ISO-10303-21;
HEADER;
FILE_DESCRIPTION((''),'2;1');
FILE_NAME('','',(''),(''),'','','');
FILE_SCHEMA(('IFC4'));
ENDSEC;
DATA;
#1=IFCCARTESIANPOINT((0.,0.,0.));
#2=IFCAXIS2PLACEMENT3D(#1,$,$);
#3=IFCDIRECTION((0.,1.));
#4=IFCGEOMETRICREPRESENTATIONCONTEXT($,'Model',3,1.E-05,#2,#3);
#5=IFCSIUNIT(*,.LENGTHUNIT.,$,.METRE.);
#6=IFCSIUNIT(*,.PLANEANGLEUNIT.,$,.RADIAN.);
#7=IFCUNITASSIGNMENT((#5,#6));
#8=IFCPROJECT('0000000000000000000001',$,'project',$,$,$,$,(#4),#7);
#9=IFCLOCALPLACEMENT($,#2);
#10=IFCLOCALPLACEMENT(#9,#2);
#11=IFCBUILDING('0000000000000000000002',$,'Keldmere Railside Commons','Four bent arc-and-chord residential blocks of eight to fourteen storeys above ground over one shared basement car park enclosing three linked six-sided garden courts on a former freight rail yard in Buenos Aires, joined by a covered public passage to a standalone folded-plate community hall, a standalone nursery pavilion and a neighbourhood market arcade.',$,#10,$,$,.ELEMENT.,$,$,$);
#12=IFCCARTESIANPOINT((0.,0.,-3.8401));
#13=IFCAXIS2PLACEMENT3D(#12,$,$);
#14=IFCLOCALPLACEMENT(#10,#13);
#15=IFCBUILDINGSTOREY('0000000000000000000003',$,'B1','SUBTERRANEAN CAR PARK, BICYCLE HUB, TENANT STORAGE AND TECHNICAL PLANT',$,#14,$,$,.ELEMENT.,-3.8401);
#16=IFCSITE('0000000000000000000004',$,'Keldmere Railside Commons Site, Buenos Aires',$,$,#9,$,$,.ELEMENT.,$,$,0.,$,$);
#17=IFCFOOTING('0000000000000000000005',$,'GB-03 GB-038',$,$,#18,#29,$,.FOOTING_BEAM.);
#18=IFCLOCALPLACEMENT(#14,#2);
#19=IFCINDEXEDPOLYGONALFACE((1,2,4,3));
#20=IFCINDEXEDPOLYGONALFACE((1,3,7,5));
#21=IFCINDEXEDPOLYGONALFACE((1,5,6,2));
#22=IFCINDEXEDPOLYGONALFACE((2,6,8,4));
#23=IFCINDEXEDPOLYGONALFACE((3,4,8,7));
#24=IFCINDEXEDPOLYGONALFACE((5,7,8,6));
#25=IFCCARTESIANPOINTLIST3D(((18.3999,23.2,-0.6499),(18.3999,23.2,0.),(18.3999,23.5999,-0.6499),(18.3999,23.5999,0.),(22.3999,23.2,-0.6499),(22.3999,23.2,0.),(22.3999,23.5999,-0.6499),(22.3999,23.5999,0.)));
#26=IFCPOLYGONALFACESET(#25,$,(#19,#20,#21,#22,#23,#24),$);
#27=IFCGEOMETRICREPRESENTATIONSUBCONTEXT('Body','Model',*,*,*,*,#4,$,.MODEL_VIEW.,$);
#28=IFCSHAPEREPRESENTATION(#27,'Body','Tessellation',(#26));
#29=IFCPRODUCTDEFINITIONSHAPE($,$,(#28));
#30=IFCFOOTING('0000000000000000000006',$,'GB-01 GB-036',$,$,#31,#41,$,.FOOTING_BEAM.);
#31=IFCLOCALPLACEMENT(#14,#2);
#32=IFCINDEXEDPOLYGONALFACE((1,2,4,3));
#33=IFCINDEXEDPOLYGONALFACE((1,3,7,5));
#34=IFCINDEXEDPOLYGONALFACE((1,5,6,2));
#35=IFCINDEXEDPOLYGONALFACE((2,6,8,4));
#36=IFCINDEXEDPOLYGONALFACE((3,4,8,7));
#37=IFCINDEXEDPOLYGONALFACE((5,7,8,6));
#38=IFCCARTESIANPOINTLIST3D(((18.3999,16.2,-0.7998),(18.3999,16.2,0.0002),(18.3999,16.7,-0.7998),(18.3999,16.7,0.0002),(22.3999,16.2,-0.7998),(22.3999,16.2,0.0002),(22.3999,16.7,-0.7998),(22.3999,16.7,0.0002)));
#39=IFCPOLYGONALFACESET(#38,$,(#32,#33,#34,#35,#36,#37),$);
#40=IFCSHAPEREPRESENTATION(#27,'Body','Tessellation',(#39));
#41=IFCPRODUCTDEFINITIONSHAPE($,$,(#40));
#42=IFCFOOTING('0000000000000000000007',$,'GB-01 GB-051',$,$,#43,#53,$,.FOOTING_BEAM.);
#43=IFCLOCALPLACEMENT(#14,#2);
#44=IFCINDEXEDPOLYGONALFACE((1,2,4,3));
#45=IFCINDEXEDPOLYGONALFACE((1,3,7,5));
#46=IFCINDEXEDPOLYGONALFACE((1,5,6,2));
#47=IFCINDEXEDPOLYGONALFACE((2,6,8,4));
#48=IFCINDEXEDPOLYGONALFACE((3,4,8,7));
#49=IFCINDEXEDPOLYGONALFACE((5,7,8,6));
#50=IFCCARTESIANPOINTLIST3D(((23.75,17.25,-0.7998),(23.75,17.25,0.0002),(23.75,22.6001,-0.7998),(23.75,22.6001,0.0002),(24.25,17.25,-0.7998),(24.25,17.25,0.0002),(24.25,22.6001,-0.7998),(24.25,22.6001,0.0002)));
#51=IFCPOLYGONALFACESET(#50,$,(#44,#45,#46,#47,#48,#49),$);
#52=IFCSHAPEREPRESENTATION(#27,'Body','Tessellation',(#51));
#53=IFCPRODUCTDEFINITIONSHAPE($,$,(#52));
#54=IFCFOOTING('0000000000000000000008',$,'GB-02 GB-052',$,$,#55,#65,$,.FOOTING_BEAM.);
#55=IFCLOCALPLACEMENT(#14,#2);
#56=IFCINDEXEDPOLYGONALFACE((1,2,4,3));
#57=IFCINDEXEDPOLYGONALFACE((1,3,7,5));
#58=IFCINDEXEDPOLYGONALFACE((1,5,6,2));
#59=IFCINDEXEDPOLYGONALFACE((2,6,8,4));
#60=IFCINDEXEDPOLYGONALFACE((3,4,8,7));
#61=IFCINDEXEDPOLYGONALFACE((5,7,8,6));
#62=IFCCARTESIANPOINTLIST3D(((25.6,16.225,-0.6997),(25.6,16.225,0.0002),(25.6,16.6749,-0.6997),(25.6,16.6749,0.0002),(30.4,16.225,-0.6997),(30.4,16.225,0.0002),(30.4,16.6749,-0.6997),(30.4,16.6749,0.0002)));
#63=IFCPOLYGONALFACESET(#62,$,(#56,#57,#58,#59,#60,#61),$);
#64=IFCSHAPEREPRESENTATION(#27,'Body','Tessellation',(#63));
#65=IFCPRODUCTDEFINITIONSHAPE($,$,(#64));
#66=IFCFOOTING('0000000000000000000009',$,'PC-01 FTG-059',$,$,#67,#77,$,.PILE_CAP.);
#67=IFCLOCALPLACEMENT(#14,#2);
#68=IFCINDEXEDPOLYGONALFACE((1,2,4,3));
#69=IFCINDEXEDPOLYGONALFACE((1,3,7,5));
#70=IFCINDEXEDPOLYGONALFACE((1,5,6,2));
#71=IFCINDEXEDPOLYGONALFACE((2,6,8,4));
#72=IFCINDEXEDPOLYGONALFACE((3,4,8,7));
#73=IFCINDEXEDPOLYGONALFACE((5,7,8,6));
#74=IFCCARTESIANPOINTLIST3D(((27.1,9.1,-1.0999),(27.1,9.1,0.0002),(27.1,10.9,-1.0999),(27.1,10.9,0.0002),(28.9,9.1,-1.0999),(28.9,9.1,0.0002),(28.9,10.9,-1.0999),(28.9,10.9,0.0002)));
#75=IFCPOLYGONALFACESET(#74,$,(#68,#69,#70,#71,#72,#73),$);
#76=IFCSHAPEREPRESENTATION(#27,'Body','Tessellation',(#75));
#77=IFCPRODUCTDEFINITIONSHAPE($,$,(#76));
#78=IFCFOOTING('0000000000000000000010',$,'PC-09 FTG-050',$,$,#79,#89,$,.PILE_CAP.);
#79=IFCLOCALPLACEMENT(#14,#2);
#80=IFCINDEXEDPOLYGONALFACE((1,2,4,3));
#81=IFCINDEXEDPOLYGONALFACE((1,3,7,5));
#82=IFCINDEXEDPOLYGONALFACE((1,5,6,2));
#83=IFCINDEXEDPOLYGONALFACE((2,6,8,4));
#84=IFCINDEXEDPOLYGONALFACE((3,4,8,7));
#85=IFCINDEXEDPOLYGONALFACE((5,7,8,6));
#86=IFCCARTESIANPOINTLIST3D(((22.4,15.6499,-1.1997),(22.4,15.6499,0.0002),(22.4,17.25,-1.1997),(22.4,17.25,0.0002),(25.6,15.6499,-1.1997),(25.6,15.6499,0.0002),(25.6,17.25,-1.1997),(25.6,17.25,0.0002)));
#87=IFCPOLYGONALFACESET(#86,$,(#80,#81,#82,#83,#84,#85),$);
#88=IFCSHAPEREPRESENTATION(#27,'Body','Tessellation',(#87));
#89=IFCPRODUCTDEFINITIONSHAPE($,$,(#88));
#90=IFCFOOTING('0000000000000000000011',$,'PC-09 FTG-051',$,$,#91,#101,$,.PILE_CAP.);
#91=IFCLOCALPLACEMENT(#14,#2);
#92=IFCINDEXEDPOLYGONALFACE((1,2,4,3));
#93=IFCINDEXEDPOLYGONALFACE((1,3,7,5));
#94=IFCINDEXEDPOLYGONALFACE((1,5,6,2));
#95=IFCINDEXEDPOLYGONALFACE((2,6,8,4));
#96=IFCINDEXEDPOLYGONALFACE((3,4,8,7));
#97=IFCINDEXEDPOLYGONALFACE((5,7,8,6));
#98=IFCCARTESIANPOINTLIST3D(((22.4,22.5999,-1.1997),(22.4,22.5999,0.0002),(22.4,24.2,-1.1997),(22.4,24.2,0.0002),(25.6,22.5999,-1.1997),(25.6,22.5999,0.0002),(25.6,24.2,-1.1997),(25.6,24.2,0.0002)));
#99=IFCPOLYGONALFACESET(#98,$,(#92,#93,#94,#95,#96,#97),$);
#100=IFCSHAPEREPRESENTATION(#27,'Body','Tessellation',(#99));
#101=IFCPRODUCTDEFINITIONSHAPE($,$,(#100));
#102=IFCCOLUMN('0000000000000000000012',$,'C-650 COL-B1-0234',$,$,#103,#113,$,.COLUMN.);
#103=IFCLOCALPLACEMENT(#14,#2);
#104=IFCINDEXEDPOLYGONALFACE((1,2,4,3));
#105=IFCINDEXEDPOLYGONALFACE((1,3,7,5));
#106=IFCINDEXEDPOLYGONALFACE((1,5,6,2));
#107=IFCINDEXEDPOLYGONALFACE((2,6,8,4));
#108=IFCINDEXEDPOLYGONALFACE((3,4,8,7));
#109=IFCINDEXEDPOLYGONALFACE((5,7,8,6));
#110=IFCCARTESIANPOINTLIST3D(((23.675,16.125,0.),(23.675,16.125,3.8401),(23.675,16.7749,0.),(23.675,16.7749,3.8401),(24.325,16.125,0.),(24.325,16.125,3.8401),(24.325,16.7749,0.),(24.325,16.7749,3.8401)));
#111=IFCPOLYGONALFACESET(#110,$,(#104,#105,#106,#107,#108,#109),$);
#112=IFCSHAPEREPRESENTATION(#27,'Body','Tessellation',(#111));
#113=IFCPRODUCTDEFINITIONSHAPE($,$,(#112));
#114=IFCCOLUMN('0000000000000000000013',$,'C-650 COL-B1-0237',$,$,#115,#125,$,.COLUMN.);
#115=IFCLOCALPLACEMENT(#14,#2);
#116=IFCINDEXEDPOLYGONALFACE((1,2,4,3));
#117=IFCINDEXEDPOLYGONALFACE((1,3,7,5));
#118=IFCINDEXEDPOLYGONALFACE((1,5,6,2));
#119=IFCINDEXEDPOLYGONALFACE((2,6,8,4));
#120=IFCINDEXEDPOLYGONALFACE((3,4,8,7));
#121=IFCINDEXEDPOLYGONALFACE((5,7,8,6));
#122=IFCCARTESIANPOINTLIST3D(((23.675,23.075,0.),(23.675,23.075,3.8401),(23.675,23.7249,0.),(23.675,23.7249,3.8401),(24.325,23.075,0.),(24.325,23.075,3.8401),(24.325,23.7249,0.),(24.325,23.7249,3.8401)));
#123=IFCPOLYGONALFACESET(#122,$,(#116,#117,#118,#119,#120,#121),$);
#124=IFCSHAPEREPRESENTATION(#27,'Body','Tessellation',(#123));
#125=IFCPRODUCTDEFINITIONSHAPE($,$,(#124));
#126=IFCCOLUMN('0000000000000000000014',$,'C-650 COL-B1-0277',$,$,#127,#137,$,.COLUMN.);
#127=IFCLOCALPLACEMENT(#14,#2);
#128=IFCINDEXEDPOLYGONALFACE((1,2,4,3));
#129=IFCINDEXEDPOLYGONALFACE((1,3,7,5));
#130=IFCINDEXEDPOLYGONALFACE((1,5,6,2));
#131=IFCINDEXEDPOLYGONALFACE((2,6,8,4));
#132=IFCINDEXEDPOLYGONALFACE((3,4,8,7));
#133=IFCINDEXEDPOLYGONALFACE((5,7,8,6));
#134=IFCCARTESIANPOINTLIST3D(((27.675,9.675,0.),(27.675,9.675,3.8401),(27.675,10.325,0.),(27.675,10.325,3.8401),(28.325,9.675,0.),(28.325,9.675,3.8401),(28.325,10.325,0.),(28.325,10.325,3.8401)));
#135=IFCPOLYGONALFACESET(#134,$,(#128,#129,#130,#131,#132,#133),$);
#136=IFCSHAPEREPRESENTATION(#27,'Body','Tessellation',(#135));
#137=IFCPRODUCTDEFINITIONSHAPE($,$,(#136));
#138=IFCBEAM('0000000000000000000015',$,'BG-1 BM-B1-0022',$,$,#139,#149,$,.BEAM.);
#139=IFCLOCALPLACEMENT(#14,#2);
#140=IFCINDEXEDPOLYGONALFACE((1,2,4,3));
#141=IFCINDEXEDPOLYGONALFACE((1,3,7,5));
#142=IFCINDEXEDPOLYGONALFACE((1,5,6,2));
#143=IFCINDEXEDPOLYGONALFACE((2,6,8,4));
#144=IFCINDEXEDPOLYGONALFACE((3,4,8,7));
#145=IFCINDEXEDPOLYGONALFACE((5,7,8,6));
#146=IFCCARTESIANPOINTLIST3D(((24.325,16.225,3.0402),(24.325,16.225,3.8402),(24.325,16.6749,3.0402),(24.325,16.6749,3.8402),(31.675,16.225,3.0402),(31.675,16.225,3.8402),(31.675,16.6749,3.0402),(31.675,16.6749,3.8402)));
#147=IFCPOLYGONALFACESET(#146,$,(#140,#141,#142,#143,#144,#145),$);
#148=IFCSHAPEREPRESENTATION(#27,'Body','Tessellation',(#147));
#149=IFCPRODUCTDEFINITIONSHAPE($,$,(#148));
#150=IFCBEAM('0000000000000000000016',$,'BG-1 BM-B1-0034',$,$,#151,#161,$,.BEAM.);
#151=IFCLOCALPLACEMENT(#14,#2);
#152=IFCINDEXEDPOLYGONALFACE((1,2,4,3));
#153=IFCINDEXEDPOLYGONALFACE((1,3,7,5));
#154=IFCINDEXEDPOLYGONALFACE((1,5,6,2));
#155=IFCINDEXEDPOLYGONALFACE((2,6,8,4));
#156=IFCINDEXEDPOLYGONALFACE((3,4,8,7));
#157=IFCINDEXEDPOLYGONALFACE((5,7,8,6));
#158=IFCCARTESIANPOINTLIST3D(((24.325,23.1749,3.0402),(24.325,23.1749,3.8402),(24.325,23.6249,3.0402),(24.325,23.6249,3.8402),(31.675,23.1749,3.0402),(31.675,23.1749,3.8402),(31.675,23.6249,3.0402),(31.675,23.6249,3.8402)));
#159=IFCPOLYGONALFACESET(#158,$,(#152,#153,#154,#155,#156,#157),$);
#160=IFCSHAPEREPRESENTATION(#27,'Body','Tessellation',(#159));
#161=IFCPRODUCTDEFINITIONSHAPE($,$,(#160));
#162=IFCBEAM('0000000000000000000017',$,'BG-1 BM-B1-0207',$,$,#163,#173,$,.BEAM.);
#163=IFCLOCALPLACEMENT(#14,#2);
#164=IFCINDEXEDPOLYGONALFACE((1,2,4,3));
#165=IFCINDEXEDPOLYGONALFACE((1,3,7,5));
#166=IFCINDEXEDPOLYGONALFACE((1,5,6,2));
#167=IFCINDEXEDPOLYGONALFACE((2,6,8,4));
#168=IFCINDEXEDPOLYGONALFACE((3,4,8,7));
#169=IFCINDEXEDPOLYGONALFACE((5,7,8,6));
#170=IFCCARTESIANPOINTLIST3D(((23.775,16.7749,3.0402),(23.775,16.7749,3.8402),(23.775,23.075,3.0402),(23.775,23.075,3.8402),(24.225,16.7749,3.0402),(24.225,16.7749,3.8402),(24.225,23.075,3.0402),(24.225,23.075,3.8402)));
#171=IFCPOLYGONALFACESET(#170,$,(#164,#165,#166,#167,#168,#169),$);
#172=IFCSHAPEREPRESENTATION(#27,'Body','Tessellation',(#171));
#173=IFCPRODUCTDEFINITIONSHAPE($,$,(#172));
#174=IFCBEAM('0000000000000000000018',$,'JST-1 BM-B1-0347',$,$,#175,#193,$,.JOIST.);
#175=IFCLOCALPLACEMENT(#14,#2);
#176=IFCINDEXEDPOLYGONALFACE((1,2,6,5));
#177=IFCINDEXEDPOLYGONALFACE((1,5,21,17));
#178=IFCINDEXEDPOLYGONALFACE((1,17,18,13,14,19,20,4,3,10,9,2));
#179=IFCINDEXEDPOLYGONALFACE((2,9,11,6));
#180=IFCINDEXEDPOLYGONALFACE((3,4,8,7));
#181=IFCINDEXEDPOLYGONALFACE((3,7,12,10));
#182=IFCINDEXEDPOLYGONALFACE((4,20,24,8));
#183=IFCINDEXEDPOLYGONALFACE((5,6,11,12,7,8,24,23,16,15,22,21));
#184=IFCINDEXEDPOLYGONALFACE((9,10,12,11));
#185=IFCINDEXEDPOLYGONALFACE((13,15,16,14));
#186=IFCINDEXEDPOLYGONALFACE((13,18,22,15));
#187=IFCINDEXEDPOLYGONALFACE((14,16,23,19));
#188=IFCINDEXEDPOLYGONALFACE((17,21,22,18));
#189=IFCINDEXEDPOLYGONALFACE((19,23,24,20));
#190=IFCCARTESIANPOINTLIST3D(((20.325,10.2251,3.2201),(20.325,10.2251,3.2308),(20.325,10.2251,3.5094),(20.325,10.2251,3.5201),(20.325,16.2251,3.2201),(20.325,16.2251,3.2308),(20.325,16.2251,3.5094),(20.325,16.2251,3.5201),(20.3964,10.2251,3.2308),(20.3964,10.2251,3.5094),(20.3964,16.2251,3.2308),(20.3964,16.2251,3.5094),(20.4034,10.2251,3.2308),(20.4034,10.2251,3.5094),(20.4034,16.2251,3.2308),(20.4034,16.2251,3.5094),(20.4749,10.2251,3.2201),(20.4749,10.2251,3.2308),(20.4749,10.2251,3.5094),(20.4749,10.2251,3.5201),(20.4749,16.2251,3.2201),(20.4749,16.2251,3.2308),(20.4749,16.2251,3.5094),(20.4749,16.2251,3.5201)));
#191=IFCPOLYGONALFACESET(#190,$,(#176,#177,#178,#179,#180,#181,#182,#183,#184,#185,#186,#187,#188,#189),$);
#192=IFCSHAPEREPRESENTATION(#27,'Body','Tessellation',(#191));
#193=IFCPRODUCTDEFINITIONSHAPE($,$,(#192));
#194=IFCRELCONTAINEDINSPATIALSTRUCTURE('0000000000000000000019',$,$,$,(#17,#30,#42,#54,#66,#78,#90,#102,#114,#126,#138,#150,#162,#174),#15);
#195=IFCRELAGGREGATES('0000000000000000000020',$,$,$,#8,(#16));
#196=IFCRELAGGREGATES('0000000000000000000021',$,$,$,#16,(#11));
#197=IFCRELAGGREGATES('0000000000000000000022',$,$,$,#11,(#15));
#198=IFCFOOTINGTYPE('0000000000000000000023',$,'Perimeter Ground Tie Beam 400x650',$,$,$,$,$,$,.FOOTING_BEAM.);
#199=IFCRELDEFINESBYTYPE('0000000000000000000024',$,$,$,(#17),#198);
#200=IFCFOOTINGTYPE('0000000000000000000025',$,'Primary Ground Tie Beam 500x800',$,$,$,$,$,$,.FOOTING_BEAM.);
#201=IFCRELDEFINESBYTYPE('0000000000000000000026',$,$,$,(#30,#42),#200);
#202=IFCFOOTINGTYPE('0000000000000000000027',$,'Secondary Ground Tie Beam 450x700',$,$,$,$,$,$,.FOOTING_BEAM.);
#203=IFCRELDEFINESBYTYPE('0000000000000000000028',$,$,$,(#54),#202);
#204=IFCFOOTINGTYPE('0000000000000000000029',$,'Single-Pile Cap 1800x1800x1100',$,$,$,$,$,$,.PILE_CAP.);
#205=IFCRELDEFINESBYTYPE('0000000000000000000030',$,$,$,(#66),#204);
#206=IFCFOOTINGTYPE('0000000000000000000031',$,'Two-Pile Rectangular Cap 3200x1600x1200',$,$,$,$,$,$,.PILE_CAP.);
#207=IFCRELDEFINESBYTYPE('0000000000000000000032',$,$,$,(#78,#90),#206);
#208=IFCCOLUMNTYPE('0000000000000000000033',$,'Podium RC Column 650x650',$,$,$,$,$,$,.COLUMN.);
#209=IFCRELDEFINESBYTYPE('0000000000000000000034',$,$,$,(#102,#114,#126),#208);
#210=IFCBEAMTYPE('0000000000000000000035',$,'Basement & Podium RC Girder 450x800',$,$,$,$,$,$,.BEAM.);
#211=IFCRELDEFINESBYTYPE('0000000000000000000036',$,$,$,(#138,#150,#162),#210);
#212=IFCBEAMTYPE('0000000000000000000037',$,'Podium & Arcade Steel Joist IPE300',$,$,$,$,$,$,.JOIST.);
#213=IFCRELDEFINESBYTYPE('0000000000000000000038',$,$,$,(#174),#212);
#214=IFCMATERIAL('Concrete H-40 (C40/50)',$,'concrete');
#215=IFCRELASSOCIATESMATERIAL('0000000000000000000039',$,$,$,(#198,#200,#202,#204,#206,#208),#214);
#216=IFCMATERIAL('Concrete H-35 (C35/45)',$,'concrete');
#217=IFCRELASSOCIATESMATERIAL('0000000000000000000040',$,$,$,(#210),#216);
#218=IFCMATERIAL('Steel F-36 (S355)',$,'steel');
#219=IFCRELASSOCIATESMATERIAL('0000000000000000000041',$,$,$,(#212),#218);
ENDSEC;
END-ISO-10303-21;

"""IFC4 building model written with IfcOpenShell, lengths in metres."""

from ifc_helpers import new_model, si_unit, direction, frame, origin, origin_2d, place, context, subcontext, project, spatial, rectangle, i_section, extrude, material, material_profile, profile_set, type_object, element, save


model = new_model("IFC4")

# Units and contexts
model_context = context("Model", 3, precision=1e-05, world=origin(), true_north=direction((0.0, 1.0)))
body_context = subcontext(model_context, "Body", "Model", "MODEL_VIEW")
ifc_project = project(units=[si_unit("LENGTHUNIT", "METRE"), si_unit("PLANEANGLEUNIT", "RADIAN")], contexts=[model_context])

# Site, building, storey
site_placement = place(None, origin())
site = spatial("IfcSite", under=ifc_project, at=site_placement, Name="Keldmere Railside Commons Site, Buenos Aires", CompositionType="ELEMENT", RefElevation=0.0)
building_placement = place(site_placement, origin())
building = spatial("IfcBuilding", under=site, at=building_placement, Name="Keldmere Railside Commons", Description="Four bent arc-and-chord residential blocks of eight to fourteen storeys above ground over one shared basement car park enclosing three linked six-sided garden courts on a former freight rail yard in Buenos Aires, joined by a covered public passage to a standalone folded-plate community hall, a standalone nursery pavilion and a neighbourhood market arcade.", CompositionType="ELEMENT")
storey_placement = place(building_placement, frame((0.0, 0.0, -3.8401)))
storey = spatial("IfcBuildingStorey", under=building, at=storey_placement, Name="B1", Description="SUBTERRANEAN CAR PARK, BICYCLE HUB, TENANT STORAGE AND TECHNICAL PLANT", CompositionType="ELEMENT", Elevation=-3.8401)

# Footings
ifc_material_1 = material(Name="Concrete H-40 (C40/50)", Category="concrete")
footing_type_1 = type_object("IfcFootingType", Name="Perimeter Ground Tie Beam 400x650", PredefinedType="FOOTING_BEAM", material=ifc_material_1)
footing_1_placement = place(storey_placement, frame((20.3999, 23.3999, -0.6499), z_axis=(0.0, 0.0, 1.0), x_axis=(1.0, 0.0, 0.0)))
element("IfcFooting", 1, at=footing_1_placement, inside=storey, type_object=footing_type_1, Name="GB-03 GB-038", PredefinedType="FOOTING_BEAM", context=body_context, shape_type="SweptSolid", body=[
    extrude(rectangle(XDim=4.0, YDim=0.3999, at=origin_2d()), origin(), (0.0, 0.0, 1.0), 0.6499),
])
footing_type_2 = type_object("IfcFootingType", Name="Primary Ground Tie Beam 500x800", PredefinedType="FOOTING_BEAM", material=ifc_material_1)
footing_2_placement = place(storey_placement, frame((20.3999, 16.45, -0.7998), z_axis=(0.0, 0.0, 1.0), x_axis=(1.0, 0.0, 0.0)))
element("IfcFooting", 2, at=footing_2_placement, inside=storey, type_object=footing_type_2, Name="GB-01 GB-036", PredefinedType="FOOTING_BEAM", context=body_context, shape_type="SweptSolid", body=[
    extrude(rectangle(XDim=4.0, YDim=0.5, at=origin_2d()), origin(), (0.0, 0.0, 1.0), 0.8),
])
footing_3_placement = place(storey_placement, frame((24.0, 19.925, -0.7998), z_axis=(0.0, 0.0, 1.0), x_axis=(0.0, 1.0, 0.0)))
element("IfcFooting", 3, at=footing_3_placement, inside=storey, type_object=footing_type_2, Name="GB-01 GB-051", PredefinedType="FOOTING_BEAM", context=body_context, shape_type="SweptSolid", body=[
    extrude(rectangle(XDim=5.3501, YDim=0.5, at=origin_2d()), origin(), (0.0, 0.0, 1.0), 0.8),
])
footing_type_3 = type_object("IfcFootingType", Name="Secondary Ground Tie Beam 450x700", PredefinedType="FOOTING_BEAM", material=ifc_material_1)
footing_4_placement = place(storey_placement, frame((28.0, 16.45, -0.6997), z_axis=(0.0, 0.0, 1.0), x_axis=(1.0, 0.0, 0.0)))
element("IfcFooting", 4, at=footing_4_placement, inside=storey, type_object=footing_type_3, Name="GB-02 GB-052", PredefinedType="FOOTING_BEAM", context=body_context, shape_type="SweptSolid", body=[
    extrude(rectangle(XDim=4.8, YDim=0.45, at=origin_2d()), origin(), (0.0, 0.0, 1.0), 0.7),
])
footing_type_4 = type_object("IfcFootingType", Name="Single-Pile Cap 1800x1800x1100", PredefinedType="PILE_CAP", material=ifc_material_1)
footing_5_placement = place(storey_placement, frame((28.0, 10.0, -1.0999), z_axis=(0.0, 0.0, 1.0), x_axis=(1.0, 0.0, 0.0)))
element("IfcFooting", 5, at=footing_5_placement, inside=storey, type_object=footing_type_4, Name="PC-01 FTG-059", PredefinedType="PILE_CAP", context=body_context, shape_type="SweptSolid", body=[
    extrude(rectangle(XDim=1.8, YDim=1.8, at=origin_2d()), origin(), (0.0, 0.0, 1.0), 1.1001),
])
footing_type_5 = type_object("IfcFootingType", Name="Two-Pile Rectangular Cap 3200x1600x1200", PredefinedType="PILE_CAP", material=ifc_material_1)
for number, where, z_axis, x_axis, name in (
    (6, (24.0, 16.45, -1.1997), (0.0, 0.0, 1.0), (1.0, 0.0, 0.0), "PC-09 FTG-050"),
    (7, (24.0, 23.3999, -1.1997), (0.0, 0.0, 1.0), (1.0, 0.0, 0.0), "PC-09 FTG-051"),
):
    element("IfcFooting", number, at=place(storey_placement, frame(where, z_axis=z_axis, x_axis=x_axis)), inside=storey, type_object=footing_type_5, Name=name, PredefinedType="PILE_CAP", context=body_context, shape_type="SweptSolid", body=[
        extrude(rectangle(XDim=3.2, YDim=1.6001, at=origin_2d()), origin(), (0.0, 0.0, 1.0), 1.2),
    ])

# Columns
ifc_material_profile_1 = material_profile(ifc_material_1, rectangle(XDim=0.6499, YDim=0.6499, at=origin_2d()), Name="RC-650x650")
ifc_profile_set_1 = profile_set([ifc_material_profile_1], Name="Concrete H-40 (C40/50)")
column_type = type_object("IfcColumnType", Name="Podium RC Column 650x650", PredefinedType="COLUMN", material=ifc_profile_set_1)
for number, where, z_axis, x_axis, name in (
    (8, (24.0, 16.45, 0.0), (0.0, 0.0, 1.0), (1.0, 0.0, 0.0), "C-650 COL-B1-0234"),
    (9, (24.0, 23.3999, 0.0), (0.0, 0.0, 1.0), (1.0, 0.0, 0.0), "C-650 COL-B1-0237"),
    (10, (28.0, 10.0, 0.0), (0.0, 0.0, 1.0), (1.0, 0.0, 0.0), "C-650 COL-B1-0277"),
):
    element("IfcColumn", number, at=place(storey_placement, frame(where, z_axis=z_axis, x_axis=x_axis)), inside=storey, type_object=column_type, Name=name, PredefinedType="COLUMN", context=body_context, shape_type="SweptSolid", body=[
        extrude(rectangle(XDim=0.6499, YDim=0.6499, at=origin_2d()), origin(), (0.0, 0.0, 1.0), 3.8401),
    ])

# Beams
ifc_material_2 = material(Name="Concrete H-35 (C35/45)", Category="concrete")
ifc_material_profile_2 = material_profile(ifc_material_2, rectangle(XDim=0.45, YDim=0.8, at=origin_2d()), Name="RC-450x800")
ifc_profile_set_2 = profile_set([ifc_material_profile_2], Name="Concrete H-35 (C35/45)")
beam_type_1 = type_object("IfcBeamType", Name="Basement & Podium RC Girder 450x800", PredefinedType="BEAM", material=ifc_profile_set_2)
for number, where, z_axis, x_axis, name in (
    (11, (24.325, 16.45, 3.4402), (1.0, 0.0, 0.0), (0.0, 1.0, 0.0), "BG-1 BM-B1-0022"),
    (12, (24.325, 23.3999, 3.4402), (1.0, 0.0, 0.0), (0.0, 1.0, 0.0), "BG-1 BM-B1-0034"),
):
    element("IfcBeam", number, at=place(storey_placement, frame(where, z_axis=z_axis, x_axis=x_axis)), inside=storey, type_object=beam_type_1, Name=name, PredefinedType="BEAM", context=body_context, shape_type="SweptSolid", body=[
        extrude(rectangle(XDim=0.45, YDim=0.8, at=origin_2d()), origin(), (0.0, 0.0, 1.0), 7.3501),
    ])
beam_1_placement = place(storey_placement, frame((24.0, 16.7749, 3.4402), z_axis=(0.0, 1.0, 0.0), x_axis=(-1.0, 0.0, 0.0)))
element("IfcBeam", 13, at=beam_1_placement, inside=storey, type_object=beam_type_1, Name="BG-1 BM-B1-0207", PredefinedType="BEAM", context=body_context, shape_type="SweptSolid", body=[
    extrude(rectangle(XDim=0.45, YDim=0.8, at=origin_2d()), origin(), (0.0, 0.0, 1.0), 6.3),
])
ifc_material_3 = material(Name="Steel F-36 (S355)", Category="steel")
ifc_material_profile_3 = material_profile(ifc_material_3, i_section(OverallWidth=0.1499, OverallDepth=0.3, WebThickness=0.0071, FlangeThickness=0.0107, at=origin_2d()), Name="IPE-300")
ifc_profile_set_3 = profile_set([ifc_material_profile_3], Name="Steel F-36 (S355)")
beam_type_2 = type_object("IfcBeamType", Name="Podium & Arcade Steel Joist IPE300", PredefinedType="JOIST", material=ifc_profile_set_3)
beam_2_placement = place(storey_placement, frame((20.3999, 10.2251, 3.3701), z_axis=(0.0, 1.0, 0.0), x_axis=(-1.0, 0.0, 0.0)))
element("IfcBeam", 14, at=beam_2_placement, inside=storey, type_object=beam_type_2, Name="JST-1 BM-B1-0347", PredefinedType="JOIST", context=body_context, shape_type="SweptSolid", body=[
    extrude(i_section(OverallWidth=0.1499, OverallDepth=0.3, WebThickness=0.0071, FlangeThickness=0.0107, at=origin_2d()), origin(), (0.0, 0.0, 1.0), 6.0),
])

save(model, "model.ifc")
